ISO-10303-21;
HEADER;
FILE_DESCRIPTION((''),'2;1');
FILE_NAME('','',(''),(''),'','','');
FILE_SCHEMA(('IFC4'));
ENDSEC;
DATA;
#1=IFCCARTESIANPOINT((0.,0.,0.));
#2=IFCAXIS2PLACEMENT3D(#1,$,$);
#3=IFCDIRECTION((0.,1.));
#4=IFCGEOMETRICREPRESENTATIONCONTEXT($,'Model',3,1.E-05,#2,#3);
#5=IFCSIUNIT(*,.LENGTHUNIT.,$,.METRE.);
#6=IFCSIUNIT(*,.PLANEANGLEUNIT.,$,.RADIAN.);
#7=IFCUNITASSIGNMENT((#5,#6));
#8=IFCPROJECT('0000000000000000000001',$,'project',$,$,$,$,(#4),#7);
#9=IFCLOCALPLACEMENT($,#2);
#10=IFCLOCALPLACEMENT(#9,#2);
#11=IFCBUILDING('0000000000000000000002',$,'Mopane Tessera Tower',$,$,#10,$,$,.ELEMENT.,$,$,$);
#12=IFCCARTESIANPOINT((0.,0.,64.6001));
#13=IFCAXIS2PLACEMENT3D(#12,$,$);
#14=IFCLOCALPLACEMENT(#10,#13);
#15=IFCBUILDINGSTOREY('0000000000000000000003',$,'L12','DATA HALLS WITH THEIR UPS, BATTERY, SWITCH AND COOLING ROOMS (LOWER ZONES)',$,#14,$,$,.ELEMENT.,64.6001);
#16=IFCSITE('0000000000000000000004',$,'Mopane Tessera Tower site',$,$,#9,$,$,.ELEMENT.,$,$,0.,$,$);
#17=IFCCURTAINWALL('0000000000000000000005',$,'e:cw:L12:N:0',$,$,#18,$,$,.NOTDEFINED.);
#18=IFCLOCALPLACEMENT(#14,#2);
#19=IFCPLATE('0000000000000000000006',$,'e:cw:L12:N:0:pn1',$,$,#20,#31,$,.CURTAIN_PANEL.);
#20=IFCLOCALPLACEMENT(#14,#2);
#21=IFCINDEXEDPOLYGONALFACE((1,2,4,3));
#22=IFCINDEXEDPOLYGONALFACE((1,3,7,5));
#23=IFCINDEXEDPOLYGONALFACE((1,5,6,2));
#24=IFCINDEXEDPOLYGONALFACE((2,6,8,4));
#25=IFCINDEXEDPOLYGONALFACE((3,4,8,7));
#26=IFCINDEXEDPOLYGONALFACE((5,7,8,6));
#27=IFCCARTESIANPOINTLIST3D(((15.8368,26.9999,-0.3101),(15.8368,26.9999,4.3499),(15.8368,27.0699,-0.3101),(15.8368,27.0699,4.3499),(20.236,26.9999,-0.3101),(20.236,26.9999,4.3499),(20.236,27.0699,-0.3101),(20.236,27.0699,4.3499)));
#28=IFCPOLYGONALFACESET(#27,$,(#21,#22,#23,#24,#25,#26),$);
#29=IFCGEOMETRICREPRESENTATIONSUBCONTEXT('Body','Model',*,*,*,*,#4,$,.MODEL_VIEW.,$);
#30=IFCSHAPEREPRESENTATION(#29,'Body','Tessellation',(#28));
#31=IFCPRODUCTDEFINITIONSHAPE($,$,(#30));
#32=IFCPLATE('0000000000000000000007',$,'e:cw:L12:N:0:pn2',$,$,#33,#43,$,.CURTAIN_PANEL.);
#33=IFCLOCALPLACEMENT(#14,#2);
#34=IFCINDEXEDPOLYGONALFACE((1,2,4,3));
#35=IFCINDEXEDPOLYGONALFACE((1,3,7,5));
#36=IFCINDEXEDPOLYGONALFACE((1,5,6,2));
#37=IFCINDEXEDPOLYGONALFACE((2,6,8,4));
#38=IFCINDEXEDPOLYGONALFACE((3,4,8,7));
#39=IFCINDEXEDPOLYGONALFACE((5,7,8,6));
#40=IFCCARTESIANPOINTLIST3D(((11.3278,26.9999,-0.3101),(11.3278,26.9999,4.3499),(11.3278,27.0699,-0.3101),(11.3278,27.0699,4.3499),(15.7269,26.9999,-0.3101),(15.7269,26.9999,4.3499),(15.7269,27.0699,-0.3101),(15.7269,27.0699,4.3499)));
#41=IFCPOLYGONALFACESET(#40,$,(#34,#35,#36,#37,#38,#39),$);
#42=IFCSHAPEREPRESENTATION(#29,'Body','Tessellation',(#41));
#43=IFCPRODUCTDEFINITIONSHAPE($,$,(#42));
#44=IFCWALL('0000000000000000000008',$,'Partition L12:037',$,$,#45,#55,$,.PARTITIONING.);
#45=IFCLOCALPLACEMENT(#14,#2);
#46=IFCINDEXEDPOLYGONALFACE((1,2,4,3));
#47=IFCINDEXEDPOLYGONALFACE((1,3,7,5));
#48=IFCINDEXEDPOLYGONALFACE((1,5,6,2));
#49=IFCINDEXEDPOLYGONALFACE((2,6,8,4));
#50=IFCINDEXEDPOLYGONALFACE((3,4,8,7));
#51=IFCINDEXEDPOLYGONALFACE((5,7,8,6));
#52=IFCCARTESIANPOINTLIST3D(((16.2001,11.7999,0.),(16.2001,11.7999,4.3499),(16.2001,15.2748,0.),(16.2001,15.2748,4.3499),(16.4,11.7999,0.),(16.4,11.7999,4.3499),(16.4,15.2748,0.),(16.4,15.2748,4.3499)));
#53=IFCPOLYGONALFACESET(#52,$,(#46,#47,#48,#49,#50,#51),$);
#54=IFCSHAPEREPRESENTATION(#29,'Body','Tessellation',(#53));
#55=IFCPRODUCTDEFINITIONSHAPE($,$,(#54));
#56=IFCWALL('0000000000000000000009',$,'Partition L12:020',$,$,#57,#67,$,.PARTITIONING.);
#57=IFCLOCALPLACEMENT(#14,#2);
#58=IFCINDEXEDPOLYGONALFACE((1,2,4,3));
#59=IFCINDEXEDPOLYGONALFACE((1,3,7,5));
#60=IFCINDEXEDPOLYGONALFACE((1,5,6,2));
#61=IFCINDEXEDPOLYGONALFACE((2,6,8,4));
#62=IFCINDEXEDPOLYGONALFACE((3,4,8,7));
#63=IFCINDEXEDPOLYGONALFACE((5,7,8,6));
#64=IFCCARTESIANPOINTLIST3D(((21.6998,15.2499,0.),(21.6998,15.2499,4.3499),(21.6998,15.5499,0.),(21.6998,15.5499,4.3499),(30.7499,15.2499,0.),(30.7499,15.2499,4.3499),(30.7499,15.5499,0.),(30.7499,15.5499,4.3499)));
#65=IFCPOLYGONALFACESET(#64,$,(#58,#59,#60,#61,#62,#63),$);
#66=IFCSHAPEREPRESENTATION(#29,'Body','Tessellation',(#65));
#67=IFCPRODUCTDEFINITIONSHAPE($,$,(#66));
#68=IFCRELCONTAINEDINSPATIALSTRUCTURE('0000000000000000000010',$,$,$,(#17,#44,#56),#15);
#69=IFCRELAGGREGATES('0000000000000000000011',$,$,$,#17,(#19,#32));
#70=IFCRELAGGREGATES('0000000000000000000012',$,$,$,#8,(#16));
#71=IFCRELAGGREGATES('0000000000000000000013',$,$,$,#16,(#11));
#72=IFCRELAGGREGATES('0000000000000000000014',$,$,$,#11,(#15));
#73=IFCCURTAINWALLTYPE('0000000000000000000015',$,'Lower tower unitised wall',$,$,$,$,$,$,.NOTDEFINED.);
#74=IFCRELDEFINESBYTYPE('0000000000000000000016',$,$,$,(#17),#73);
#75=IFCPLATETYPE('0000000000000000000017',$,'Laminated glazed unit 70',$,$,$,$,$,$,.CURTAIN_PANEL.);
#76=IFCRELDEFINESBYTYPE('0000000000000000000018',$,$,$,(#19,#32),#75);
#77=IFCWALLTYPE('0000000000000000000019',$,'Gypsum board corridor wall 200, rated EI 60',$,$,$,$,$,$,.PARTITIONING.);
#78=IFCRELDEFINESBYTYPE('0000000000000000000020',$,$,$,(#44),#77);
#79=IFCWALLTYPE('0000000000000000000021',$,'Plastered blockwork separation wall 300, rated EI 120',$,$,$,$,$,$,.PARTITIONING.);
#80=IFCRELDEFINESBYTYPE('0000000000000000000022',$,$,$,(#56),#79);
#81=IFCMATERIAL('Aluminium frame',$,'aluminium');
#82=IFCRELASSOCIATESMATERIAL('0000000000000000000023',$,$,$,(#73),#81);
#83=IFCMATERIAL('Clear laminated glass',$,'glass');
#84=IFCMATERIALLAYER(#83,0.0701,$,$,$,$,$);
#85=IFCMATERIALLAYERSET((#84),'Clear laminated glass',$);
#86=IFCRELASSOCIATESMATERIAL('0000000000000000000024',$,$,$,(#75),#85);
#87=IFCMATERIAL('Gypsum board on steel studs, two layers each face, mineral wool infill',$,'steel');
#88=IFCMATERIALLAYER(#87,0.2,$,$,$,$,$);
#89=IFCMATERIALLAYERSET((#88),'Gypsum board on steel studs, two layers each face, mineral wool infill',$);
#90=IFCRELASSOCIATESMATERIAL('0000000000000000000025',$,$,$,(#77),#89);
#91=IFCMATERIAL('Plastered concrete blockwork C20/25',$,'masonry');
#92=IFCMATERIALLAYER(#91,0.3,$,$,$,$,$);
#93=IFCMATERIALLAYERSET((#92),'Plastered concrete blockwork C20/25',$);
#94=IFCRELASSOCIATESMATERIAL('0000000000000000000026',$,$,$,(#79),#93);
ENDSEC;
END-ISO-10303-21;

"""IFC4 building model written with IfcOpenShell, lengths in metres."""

from ifc_helpers import new_model, si_unit, direction, frame, frame_2d, origin, origin_2d, place, context, subcontext, project, spatial, rectangle, extrude, material, layer, layer_set, type_object, element, aggregate, save


model = new_model("IFC4")

# Units and contexts
model_context = context("Model", 3, precision=1e-05, world=origin(), true_north=direction((0.0, 1.0)))
body_context = subcontext(model_context, "Body", "Model", "MODEL_VIEW")
ifc_project = project(units=[si_unit("LENGTHUNIT", "METRE"), si_unit("PLANEANGLEUNIT", "RADIAN")], contexts=[model_context])

# Site, building, storey
site_placement = place(None, origin())
site = spatial("IfcSite", under=ifc_project, at=site_placement, Name="Mopane Tessera Tower site", CompositionType="ELEMENT", RefElevation=0.0)
building_placement = place(site_placement, origin())
building = spatial("IfcBuilding", under=site, at=building_placement, Name="Mopane Tessera Tower", CompositionType="ELEMENT")
storey_placement = place(building_placement, frame((0.0, 0.0, 64.6001)))
storey = spatial("IfcBuildingStorey", under=building, at=storey_placement, Name="L12", Description="DATA HALLS WITH THEIR UPS, BATTERY, SWITCH AND COOLING ROOMS (LOWER ZONES)", CompositionType="ELEMENT", Elevation=64.6001)

# Curtain wall
ifc_material_1 = material(Name="Aluminium frame", Category="aluminium")
curtain_wall_type = type_object("IfcCurtainWallType", Name="Lower tower unitised wall", PredefinedType="NOTDEFINED", material=ifc_material_1)
curtain_wall_1_placement = place(storey_placement, origin())
curtain_wall_1 = element("IfcCurtainWall", 1, at=curtain_wall_1_placement, inside=storey, type_object=curtain_wall_type, Name="e:cw:L12:N:0", PredefinedType="NOTDEFINED")

# Plates
ifc_material_2 = material(Name="Clear laminated glass", Category="glass")
ifc_layer_1 = layer(ifc_material_2, 0.0701)
ifc_layer_set_1 = layer_set([ifc_layer_1], Name="Clear laminated glass")
plate_type = type_object("IfcPlateType", Name="Laminated glazed unit 70", PredefinedType="CURTAIN_PANEL", material=ifc_layer_set_1)
plate_1_placement = place(storey_placement, frame((18.0364, 27.0349, -0.3101), z_axis=(0.0, 0.0, 1.0), x_axis=(-1.0, 0.0, 0.0)))
plate_1 = element("IfcPlate", 2, at=plate_1_placement, type_object=plate_type, Name="e:cw:L12:N:0:pn1", PredefinedType="CURTAIN_PANEL", context=body_context, shape_type="SweptSolid", body=[
    extrude(rectangle(XDim=4.3992, YDim=0.0701, at=origin_2d()), origin(), (0.0, 0.0, 1.0), 4.6599),
])
plate_2_placement = place(storey_placement, frame((13.5273, 27.0349, -0.3101), z_axis=(0.0, 0.0, 1.0), x_axis=(-1.0, 0.0, 0.0)))
plate_2 = element("IfcPlate", 3, at=plate_2_placement, type_object=plate_type, Name="e:cw:L12:N:0:pn2", PredefinedType="CURTAIN_PANEL", context=body_context, shape_type="SweptSolid", body=[
    extrude(rectangle(XDim=4.3992, YDim=0.0701, at=origin_2d()), origin(), (0.0, 0.0, 1.0), 4.6599),
])
aggregate(curtain_wall_1, [plate_1, plate_2])

# Walls
ifc_material_3 = material(Name="Gypsum board on steel studs, two layers each face, mineral wool infill", Category="steel")
ifc_layer_2 = layer(ifc_material_3, 0.2)
ifc_layer_set_2 = layer_set([ifc_layer_2], Name="Gypsum board on steel studs, two layers each face, mineral wool infill")
wall_type_1 = type_object("IfcWallType", Name="Gypsum board corridor wall 200, rated EI 60", PredefinedType="PARTITIONING", material=ifc_layer_set_2)
wall_1_placement = place(storey_placement, frame((16.3, 11.8, 0.0), z_axis=(0.0, 0.0, 1.0), x_axis=(0.0, 1.0, 0.0)))
element("IfcWall", 4, at=wall_1_placement, inside=storey, type_object=wall_type_1, Name="Partition L12:037", PredefinedType="PARTITIONING", context=body_context, shape_type="SweptSolid", body=[
    extrude(rectangle(XDim=3.4749, YDim=0.2, at=frame_2d((1.7373, 0.0))), origin(), (0.0, 0.0, 1.0), 4.3499),
])
ifc_material_4 = material(Name="Plastered concrete blockwork C20/25", Category="masonry")
ifc_layer_3 = layer(ifc_material_4, 0.3)
ifc_layer_set_3 = layer_set([ifc_layer_3], Name="Plastered concrete blockwork C20/25")
wall_type_2 = type_object("IfcWallType", Name="Plastered blockwork separation wall 300, rated EI 120", PredefinedType="PARTITIONING", material=ifc_layer_set_3)
wall_2_placement = place(storey_placement, frame((21.7, 15.3999, 0.0), z_axis=(0.0, 0.0, 1.0), x_axis=(1.0, 0.0, 0.0)))
element("IfcWall", 5, at=wall_2_placement, inside=storey, type_object=wall_type_2, Name="Partition L12:020", PredefinedType="PARTITIONING", context=body_context, shape_type="SweptSolid", body=[
    extrude(rectangle(XDim=9.05, YDim=0.3, at=frame_2d((4.5249, 0.0))), origin(), (0.0, 0.0, 1.0), 4.3499),
])

save(model, "model.ifc")
